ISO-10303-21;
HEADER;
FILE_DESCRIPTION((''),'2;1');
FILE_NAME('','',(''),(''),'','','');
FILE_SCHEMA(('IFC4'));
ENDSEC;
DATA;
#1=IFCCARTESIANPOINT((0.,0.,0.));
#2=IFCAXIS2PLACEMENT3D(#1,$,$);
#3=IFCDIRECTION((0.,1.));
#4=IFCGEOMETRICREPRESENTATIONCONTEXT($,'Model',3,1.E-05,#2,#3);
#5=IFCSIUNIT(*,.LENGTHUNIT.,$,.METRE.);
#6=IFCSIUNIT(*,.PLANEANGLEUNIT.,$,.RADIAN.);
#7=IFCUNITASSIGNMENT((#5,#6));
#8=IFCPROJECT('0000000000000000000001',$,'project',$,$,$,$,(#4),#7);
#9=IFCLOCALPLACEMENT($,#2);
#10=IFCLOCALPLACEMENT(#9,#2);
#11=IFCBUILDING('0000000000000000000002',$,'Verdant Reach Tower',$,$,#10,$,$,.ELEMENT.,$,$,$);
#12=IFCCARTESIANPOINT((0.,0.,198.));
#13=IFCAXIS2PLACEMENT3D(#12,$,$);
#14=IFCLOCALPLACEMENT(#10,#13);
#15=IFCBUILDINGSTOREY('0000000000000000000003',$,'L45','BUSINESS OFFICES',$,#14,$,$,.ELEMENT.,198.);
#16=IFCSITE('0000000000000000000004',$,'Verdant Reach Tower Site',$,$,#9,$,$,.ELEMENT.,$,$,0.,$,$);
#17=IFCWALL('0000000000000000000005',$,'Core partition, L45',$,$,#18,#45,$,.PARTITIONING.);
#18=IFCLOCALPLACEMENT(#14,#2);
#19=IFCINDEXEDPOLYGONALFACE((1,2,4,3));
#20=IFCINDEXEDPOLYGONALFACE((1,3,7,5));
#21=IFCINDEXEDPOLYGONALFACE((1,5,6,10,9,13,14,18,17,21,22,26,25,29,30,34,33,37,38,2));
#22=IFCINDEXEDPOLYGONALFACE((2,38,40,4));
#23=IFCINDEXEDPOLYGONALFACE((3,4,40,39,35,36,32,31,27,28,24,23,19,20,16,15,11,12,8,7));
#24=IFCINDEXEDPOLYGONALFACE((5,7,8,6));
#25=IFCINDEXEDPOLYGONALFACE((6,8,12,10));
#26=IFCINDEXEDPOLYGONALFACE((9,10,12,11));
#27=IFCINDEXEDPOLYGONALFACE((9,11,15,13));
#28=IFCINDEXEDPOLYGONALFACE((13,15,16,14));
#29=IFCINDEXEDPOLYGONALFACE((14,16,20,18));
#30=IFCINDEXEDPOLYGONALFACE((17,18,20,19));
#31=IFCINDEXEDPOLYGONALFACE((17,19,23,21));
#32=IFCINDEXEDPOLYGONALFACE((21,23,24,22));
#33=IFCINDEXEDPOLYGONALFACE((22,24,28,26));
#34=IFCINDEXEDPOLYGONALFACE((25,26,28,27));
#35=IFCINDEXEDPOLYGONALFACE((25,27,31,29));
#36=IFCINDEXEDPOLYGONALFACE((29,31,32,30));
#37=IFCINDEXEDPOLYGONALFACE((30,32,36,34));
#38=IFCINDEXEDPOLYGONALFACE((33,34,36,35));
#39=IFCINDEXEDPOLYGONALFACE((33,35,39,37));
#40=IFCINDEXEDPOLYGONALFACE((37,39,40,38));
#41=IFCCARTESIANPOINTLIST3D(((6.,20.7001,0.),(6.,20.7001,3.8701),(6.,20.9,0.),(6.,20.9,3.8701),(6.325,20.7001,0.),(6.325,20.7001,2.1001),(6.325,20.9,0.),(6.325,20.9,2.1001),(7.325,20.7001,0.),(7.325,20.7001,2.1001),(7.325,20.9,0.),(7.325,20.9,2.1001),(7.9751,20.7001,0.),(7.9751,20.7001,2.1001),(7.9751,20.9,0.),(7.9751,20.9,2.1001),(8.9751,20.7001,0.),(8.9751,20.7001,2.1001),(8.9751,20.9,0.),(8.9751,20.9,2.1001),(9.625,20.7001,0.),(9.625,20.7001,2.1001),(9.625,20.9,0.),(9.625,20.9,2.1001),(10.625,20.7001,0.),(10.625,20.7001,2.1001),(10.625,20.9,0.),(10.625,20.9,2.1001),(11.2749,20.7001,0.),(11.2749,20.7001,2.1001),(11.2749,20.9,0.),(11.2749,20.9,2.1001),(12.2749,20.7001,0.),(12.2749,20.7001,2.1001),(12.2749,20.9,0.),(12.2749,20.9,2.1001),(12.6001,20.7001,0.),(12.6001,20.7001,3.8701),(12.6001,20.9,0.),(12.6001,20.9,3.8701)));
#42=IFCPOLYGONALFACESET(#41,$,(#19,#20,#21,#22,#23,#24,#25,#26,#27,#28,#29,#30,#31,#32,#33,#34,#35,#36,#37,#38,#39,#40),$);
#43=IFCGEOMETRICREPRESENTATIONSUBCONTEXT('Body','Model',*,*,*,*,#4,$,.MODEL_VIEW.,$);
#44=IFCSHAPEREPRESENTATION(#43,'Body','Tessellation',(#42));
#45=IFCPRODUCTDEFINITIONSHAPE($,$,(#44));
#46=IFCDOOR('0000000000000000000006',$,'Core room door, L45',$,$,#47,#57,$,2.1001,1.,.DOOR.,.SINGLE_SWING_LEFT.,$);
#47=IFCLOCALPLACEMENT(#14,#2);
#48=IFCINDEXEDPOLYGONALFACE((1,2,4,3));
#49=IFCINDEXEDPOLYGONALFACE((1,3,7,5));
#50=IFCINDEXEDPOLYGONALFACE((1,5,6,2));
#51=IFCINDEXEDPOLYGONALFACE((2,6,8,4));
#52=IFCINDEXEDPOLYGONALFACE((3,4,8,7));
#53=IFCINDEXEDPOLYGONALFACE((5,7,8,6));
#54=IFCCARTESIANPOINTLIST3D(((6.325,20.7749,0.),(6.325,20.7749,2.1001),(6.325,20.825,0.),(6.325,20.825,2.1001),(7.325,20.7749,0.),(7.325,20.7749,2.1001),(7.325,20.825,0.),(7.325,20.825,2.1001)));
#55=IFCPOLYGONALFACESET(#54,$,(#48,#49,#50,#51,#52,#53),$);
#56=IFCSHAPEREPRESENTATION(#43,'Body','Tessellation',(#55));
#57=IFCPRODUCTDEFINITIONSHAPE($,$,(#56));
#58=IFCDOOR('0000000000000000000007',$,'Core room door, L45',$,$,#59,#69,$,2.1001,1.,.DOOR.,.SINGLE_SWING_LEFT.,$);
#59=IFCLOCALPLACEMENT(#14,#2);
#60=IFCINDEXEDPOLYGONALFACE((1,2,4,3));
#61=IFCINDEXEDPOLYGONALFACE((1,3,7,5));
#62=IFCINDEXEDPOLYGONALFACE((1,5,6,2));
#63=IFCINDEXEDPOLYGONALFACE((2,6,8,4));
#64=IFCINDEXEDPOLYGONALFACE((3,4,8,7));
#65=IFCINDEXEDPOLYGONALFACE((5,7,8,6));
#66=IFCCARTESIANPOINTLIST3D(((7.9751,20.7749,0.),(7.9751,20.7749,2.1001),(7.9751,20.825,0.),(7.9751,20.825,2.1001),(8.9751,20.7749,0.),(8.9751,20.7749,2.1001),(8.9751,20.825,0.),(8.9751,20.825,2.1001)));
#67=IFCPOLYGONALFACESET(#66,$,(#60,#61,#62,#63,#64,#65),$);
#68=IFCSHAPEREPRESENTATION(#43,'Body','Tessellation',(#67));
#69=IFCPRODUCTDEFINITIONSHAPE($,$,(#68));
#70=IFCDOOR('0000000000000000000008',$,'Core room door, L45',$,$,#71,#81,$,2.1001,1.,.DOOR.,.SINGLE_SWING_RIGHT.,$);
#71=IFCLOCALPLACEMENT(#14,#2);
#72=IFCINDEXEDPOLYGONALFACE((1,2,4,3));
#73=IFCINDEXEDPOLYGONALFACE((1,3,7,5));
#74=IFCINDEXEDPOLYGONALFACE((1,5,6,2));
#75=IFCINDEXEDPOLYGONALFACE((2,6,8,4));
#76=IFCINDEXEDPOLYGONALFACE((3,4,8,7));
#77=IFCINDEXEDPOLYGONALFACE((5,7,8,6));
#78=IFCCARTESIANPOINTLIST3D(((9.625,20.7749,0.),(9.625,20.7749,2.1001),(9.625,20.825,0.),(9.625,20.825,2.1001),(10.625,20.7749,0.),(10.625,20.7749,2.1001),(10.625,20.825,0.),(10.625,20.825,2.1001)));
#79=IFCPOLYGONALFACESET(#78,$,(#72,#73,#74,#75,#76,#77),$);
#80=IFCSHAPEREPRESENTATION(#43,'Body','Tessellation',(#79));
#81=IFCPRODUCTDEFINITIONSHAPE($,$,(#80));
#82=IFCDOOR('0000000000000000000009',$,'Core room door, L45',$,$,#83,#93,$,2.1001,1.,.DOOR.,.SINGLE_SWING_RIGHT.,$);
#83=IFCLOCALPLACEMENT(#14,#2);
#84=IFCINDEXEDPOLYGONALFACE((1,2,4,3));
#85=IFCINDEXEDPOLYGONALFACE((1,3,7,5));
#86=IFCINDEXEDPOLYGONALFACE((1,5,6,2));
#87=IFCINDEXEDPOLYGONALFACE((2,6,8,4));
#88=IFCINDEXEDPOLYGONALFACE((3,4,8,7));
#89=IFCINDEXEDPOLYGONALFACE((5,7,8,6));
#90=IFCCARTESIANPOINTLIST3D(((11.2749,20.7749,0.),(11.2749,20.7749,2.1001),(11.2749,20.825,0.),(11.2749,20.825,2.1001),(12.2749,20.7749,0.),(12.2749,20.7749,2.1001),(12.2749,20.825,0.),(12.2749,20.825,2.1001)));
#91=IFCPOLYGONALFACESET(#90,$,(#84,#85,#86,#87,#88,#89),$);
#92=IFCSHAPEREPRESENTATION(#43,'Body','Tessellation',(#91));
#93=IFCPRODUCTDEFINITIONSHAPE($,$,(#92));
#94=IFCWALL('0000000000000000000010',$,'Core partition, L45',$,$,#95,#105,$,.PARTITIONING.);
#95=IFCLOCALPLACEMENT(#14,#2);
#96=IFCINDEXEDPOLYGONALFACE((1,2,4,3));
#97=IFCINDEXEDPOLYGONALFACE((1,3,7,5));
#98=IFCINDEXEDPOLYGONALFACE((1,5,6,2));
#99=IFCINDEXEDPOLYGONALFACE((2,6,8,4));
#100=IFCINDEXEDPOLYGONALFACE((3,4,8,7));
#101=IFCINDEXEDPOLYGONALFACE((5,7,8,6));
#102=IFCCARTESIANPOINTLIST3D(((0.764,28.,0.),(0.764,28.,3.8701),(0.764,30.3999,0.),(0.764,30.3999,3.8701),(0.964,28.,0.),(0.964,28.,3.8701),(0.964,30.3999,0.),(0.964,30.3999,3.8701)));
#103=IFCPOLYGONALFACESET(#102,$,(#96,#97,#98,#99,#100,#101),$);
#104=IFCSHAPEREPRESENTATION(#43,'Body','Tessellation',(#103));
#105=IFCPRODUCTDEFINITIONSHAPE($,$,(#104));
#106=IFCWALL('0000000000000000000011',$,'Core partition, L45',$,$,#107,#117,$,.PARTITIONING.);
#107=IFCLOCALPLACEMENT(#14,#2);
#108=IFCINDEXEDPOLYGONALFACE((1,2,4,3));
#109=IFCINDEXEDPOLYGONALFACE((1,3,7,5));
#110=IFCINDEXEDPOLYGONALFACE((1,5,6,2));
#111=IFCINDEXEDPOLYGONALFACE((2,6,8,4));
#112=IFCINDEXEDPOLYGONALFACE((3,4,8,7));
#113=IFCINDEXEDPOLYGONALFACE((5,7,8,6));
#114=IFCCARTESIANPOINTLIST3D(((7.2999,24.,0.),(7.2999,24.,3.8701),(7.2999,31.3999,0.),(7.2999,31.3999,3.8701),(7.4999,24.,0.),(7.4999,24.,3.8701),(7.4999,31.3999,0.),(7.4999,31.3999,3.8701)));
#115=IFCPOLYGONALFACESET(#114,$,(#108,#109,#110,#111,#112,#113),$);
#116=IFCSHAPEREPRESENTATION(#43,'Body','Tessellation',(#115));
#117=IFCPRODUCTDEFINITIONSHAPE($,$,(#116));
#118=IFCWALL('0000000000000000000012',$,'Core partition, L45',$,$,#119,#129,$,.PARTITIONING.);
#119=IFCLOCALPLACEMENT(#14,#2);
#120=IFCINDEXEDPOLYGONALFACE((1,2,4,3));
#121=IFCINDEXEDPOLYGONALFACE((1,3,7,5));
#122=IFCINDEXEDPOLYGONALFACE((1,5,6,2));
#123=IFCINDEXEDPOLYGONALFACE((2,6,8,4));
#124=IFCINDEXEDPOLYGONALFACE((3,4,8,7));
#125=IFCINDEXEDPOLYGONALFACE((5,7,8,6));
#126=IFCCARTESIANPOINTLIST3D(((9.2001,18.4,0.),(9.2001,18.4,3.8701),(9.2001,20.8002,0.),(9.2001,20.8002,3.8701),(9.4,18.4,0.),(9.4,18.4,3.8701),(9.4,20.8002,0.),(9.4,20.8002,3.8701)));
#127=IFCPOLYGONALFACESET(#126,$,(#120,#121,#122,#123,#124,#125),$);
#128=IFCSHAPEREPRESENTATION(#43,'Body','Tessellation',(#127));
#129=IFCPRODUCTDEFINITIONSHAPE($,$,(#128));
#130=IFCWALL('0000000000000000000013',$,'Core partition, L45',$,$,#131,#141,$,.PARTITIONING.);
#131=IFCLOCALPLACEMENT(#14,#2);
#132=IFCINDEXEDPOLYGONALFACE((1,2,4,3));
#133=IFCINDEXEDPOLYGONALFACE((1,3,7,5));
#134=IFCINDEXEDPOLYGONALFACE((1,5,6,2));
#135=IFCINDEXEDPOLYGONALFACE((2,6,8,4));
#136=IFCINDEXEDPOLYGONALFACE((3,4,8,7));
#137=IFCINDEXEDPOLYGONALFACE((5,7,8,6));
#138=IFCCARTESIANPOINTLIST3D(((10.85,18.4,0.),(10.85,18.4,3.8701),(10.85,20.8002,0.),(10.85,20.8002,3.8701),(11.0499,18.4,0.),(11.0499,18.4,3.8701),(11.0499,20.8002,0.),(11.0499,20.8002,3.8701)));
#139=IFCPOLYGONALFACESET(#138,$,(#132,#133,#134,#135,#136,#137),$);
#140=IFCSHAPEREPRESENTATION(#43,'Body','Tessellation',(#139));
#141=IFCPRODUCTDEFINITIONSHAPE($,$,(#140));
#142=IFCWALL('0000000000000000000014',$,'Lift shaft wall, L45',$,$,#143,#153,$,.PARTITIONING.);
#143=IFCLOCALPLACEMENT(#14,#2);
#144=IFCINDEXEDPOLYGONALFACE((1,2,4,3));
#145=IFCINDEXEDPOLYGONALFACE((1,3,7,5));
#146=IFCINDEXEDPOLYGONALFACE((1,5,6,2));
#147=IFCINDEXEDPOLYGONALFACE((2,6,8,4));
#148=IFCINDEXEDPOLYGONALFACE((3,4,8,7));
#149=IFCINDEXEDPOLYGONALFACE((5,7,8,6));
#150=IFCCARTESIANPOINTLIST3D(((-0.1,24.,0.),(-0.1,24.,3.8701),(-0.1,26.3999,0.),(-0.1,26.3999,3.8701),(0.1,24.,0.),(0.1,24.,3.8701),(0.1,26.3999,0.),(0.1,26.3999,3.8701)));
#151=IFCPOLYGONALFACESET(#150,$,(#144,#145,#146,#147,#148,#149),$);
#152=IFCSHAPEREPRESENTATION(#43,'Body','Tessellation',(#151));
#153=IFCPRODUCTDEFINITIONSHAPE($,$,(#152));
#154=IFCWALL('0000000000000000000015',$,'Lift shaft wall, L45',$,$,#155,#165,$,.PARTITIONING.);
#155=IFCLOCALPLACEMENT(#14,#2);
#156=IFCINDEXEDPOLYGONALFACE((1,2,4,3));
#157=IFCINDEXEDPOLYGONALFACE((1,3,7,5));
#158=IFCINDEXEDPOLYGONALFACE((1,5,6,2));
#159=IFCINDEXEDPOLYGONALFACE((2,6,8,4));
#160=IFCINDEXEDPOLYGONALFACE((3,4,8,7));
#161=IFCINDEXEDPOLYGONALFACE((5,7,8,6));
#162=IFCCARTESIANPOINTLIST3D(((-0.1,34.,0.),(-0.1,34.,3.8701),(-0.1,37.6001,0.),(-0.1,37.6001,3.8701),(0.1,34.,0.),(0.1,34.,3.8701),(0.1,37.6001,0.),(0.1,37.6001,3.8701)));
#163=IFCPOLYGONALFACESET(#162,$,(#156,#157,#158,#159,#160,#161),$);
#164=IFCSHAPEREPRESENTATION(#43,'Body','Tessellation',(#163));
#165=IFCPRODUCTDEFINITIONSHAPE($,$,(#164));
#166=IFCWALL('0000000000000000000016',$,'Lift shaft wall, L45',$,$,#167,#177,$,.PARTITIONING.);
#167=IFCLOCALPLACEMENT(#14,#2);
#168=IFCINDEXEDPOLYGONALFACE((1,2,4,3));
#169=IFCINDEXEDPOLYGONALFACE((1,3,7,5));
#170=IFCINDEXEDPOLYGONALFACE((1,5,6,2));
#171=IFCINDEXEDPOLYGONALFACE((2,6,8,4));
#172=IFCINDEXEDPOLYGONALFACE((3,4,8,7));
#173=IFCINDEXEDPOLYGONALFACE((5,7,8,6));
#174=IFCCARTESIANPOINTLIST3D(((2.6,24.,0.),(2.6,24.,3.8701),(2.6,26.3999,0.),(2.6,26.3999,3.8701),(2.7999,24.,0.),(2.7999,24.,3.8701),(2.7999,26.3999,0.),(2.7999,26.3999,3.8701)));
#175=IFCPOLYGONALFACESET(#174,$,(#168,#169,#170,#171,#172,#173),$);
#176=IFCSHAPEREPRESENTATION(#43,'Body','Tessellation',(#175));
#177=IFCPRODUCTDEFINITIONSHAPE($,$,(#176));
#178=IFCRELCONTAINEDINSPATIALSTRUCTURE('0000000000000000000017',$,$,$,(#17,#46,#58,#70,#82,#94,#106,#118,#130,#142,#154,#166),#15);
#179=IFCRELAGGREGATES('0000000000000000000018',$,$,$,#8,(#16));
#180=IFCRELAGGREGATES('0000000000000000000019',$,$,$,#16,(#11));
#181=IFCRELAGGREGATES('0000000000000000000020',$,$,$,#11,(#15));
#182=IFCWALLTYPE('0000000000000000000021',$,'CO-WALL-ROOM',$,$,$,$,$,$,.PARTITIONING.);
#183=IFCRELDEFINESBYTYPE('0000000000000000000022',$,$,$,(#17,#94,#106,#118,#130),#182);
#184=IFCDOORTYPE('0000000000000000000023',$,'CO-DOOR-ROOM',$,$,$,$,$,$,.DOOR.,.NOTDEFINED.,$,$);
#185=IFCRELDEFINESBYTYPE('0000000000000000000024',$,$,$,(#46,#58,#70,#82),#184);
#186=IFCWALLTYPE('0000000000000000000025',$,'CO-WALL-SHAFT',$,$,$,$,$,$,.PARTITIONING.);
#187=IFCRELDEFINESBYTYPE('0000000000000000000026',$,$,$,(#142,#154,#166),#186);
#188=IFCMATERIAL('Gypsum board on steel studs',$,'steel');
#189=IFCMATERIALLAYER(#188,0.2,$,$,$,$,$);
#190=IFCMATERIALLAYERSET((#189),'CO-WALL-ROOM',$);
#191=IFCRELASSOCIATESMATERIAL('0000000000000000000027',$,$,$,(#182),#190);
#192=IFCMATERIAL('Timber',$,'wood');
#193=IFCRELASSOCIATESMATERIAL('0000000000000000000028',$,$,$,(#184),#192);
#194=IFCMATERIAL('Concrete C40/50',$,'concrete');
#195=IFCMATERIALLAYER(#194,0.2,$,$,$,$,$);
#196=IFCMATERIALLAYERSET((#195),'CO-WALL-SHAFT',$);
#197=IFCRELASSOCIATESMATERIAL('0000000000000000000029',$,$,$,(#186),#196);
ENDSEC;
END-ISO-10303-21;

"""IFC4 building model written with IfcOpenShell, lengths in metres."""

from ifc_helpers import new_model, si_unit, direction, frame, frame_2d, origin, place, context, subcontext, project, spatial, rectangle, extrude, material, layer, layer_set, type_object, element, fill, save


model = new_model("IFC4")

# Units and contexts
model_context = context("Model", 3, precision=1e-05, world=origin(), true_north=direction((0.0, 1.0)))
body_context = subcontext(model_context, "Body", "Model", "MODEL_VIEW")
ifc_project = project(units=[si_unit("LENGTHUNIT", "METRE"), si_unit("PLANEANGLEUNIT", "RADIAN")], contexts=[model_context])

# Site, building, storey
site_placement = place(None, origin())
site = spatial("IfcSite", under=ifc_project, at=site_placement, Name="Verdant Reach Tower Site", CompositionType="ELEMENT", RefElevation=0.0)
building_placement = place(site_placement, origin())
building = spatial("IfcBuilding", under=site, at=building_placement, Name="Verdant Reach Tower", CompositionType="ELEMENT")
storey_placement = place(building_placement, frame((0.0, 0.0, 198.0)))
storey = spatial("IfcBuildingStorey", under=building, at=storey_placement, Name="L45", Description="BUSINESS OFFICES", CompositionType="ELEMENT", Elevation=198.0)

# Wall, openings, doors
ifc_material_1 = material(Name="Gypsum board on steel studs", Category="steel")
ifc_layer_1 = layer(ifc_material_1, 0.2)
ifc_layer_set_1 = layer_set([ifc_layer_1], Name="CO-WALL-ROOM")
wall_type_1 = type_object("IfcWallType", Name="CO-WALL-ROOM", PredefinedType="PARTITIONING", material=ifc_layer_set_1)
wall_1_placement = place(storey_placement, frame((6.0, 20.8, 0.0), z_axis=(0.0, 0.0, 1.0), x_axis=(1.0, 0.0, 0.0)))
wall_1 = element("IfcWall", 1, at=wall_1_placement, inside=storey, type_object=wall_type_1, Name="Core partition, L45", PredefinedType="PARTITIONING", context=body_context, shape_type="SweptSolid", body=[
    extrude(rectangle(XDim=6.6001, YDim=0.2, at=frame_2d((3.3, 0.0))), origin(), (0.0, 0.0, 1.0), 3.8701),
])
opening_1_placement = place(wall_1_placement, frame((0.325, 0.0, 0.0)))
opening_1 = element("IfcOpeningElement", 2, at=opening_1_placement, cuts=wall_1, PredefinedType="OPENING", context=body_context, shape_type="SweptSolid", body=[
    extrude(rectangle(XDim=1.0, YDim=2.1001, at=frame_2d((0.5, 1.05))), frame((0.0, 0.1099, 0.0), z_axis=(0.0, -1.0, 0.0), x_axis=(1.0, 0.0, 0.0)), (0.0, 0.0, 1.0), 0.22),
])
opening_2_placement = place(wall_1_placement, frame((1.9751, 0.0, 0.0)))
opening_2 = element("IfcOpeningElement", 3, at=opening_2_placement, cuts=wall_1, PredefinedType="OPENING", context=body_context, shape_type="SweptSolid", body=[
    extrude(rectangle(XDim=1.0, YDim=2.1001, at=frame_2d((0.5, 1.05))), frame((0.0, 0.1099, 0.0), z_axis=(0.0, -1.0, 0.0), x_axis=(1.0, 0.0, 0.0)), (0.0, 0.0, 1.0), 0.22),
])
opening_3_placement = place(wall_1_placement, frame((3.625, 0.0, 0.0)))
opening_3 = element("IfcOpeningElement", 4, at=opening_3_placement, cuts=wall_1, PredefinedType="OPENING", context=body_context, shape_type="SweptSolid", body=[
    extrude(rectangle(XDim=1.0, YDim=2.1001, at=frame_2d((0.5, 1.05))), frame((0.0, 0.1099, 0.0), z_axis=(0.0, -1.0, 0.0), x_axis=(1.0, 0.0, 0.0)), (0.0, 0.0, 1.0), 0.22),
])
opening_4_placement = place(wall_1_placement, frame((5.2749, 0.0, 0.0)))
opening_4 = element("IfcOpeningElement", 5, at=opening_4_placement, cuts=wall_1, PredefinedType="OPENING", context=body_context, shape_type="SweptSolid", body=[
    extrude(rectangle(XDim=1.0, YDim=2.1001, at=frame_2d((0.5, 1.05))), frame((0.0, 0.1099, 0.0), z_axis=(0.0, -1.0, 0.0), x_axis=(1.0, 0.0, 0.0)), (0.0, 0.0, 1.0), 0.22),
])
ifc_material_2 = material(Name="Timber", Category="wood")
door_type_1 = type_object("IfcDoorType", Name="CO-DOOR-ROOM", OperationType="NOTDEFINED", PredefinedType="DOOR", material=ifc_material_2)
door_1_placement = place(opening_1_placement, origin())
door_1 = element("IfcDoor", 6, at=door_1_placement, inside=storey, type_object=door_type_1, Name="Core room door, L45", OperationType="SINGLE_SWING_LEFT", OverallHeight=2.1001, OverallWidth=1.0, PredefinedType="DOOR", context=body_context, shape_type="SweptSolid", body=[
    extrude(rectangle(XDim=1.0, YDim=2.1001, at=frame_2d((0.5, 1.05))), frame((0.0, 0.0249, 0.0), z_axis=(0.0, -1.0, 0.0), x_axis=(1.0, 0.0, 0.0)), (0.0, 0.0, 1.0), 0.05),
])
fill(opening_1, door_1)
door_2_placement = place(opening_2_placement, origin())
door_2 = element("IfcDoor", 7, at=door_2_placement, inside=storey, type_object=door_type_1, Name="Core room door, L45", OperationType="SINGLE_SWING_LEFT", OverallHeight=2.1001, OverallWidth=1.0, PredefinedType="DOOR", context=body_context, shape_type="SweptSolid", body=[
    extrude(rectangle(XDim=1.0, YDim=2.1001, at=frame_2d((0.5, 1.05))), frame((0.0, 0.0249, 0.0), z_axis=(0.0, -1.0, 0.0), x_axis=(1.0, 0.0, 0.0)), (0.0, 0.0, 1.0), 0.05),
])
fill(opening_2, door_2)
door_3_placement = place(opening_3_placement, origin())
door_3 = element("IfcDoor", 8, at=door_3_placement, inside=storey, type_object=door_type_1, Name="Core room door, L45", OperationType="SINGLE_SWING_RIGHT", OverallHeight=2.1001, OverallWidth=1.0, PredefinedType="DOOR", context=body_context, shape_type="SweptSolid", body=[
    extrude(rectangle(XDim=1.0, YDim=2.1001, at=frame_2d((0.5, 1.05))), frame((0.0, 0.0249, 0.0), z_axis=(0.0, -1.0, 0.0), x_axis=(1.0, 0.0, 0.0)), (0.0, 0.0, 1.0), 0.05),
])
fill(opening_3, door_3)
door_4_placement = place(opening_4_placement, origin())
door_4 = element("IfcDoor", 9, at=door_4_placement, inside=storey, type_object=door_type_1, Name="Core room door, L45", OperationType="SINGLE_SWING_RIGHT", OverallHeight=2.1001, OverallWidth=1.0, PredefinedType="DOOR", context=body_context, shape_type="SweptSolid", body=[
    extrude(rectangle(XDim=1.0, YDim=2.1001, at=frame_2d((0.5, 1.05))), frame((0.0, 0.0249, 0.0), z_axis=(0.0, -1.0, 0.0), x_axis=(1.0, 0.0, 0.0)), (0.0, 0.0, 1.0), 0.05),
])
fill(opening_4, door_4)

# Walls
wall_2_placement = place(storey_placement, frame((0.864, 28.0, 0.0), z_axis=(0.0, 0.0, 1.0), x_axis=(0.0, 1.0, 0.0)))
element("IfcWall", 10, at=wall_2_placement, inside=storey, type_object=wall_type_1, Name="Core partition, L45", PredefinedType="PARTITIONING", context=body_context, shape_type="SweptSolid", body=[
    extrude(rectangle(XDim=2.3999, YDim=0.2, at=frame_2d((1.2, 0.0))), origin(), (0.0, 0.0, 1.0), 3.8701),
])
wall_3_placement = place(storey_placement, frame((7.3999, 24.0, 0.0), z_axis=(0.0, 0.0, 1.0), x_axis=(0.0, 1.0, 0.0)))
element("IfcWall", 11, at=wall_3_placement, inside=storey, type_object=wall_type_1, Name="Core partition, L45", PredefinedType="PARTITIONING", context=body_context, shape_type="SweptSolid", body=[
    extrude(rectangle(XDim=7.3999, YDim=0.2, at=frame_2d((3.7, 0.0))), origin(), (0.0, 0.0, 1.0), 3.8701),
])
for number, where, z_axis, x_axis, name in (
    (12, (9.3, 18.3999, 0.0), (0.0, 0.0, 1.0), (0.0, 1.0, 0.0), "Core partition, L45"),
    (13, (10.95, 18.3999, 0.0), (0.0, 0.0, 1.0), (0.0, 1.0, 0.0), "Core partition, L45"),
):
    element("IfcWall", number, at=place(storey_placement, frame(where, z_axis=z_axis, x_axis=x_axis)), inside=storey, type_object=wall_type_1, Name=name, PredefinedType="PARTITIONING", context=body_context, shape_type="SweptSolid", body=[
        extrude(rectangle(XDim=2.4001, YDim=0.2, at=frame_2d((1.2002, 0.0))), origin(), (0.0, 0.0, 1.0), 3.8701),
    ])
ifc_material_3 = material(Name="Concrete C40/50", Category="concrete")
ifc_layer_2 = layer(ifc_material_3, 0.2)
ifc_layer_set_2 = layer_set([ifc_layer_2], Name="CO-WALL-SHAFT")
wall_type_2 = type_object("IfcWallType", Name="CO-WALL-SHAFT", PredefinedType="PARTITIONING", material=ifc_layer_set_2)
wall_4_placement = place(storey_placement, frame((0.0, 24.0, 0.0), z_axis=(0.0, 0.0, 1.0), x_axis=(0.0, 1.0, 0.0)))
element("IfcWall", 14, at=wall_4_placement, inside=storey, type_object=wall_type_2, Name="Lift shaft wall, L45", PredefinedType="PARTITIONING", context=body_context, shape_type="SweptSolid", body=[
    extrude(rectangle(XDim=2.3999, YDim=0.2, at=frame_2d((1.2, 0.0))), origin(), (0.0, 0.0, 1.0), 3.8701),
])
wall_5_placement = place(storey_placement, frame((0.0, 34.0, 0.0), z_axis=(0.0, 0.0, 1.0), x_axis=(0.0, 1.0, 0.0)))
element("IfcWall", 15, at=wall_5_placement, inside=storey, type_object=wall_type_2, Name="Lift shaft wall, L45", PredefinedType="PARTITIONING", context=body_context, shape_type="SweptSolid", body=[
    extrude(rectangle(XDim=3.6001, YDim=0.2, at=frame_2d((1.8, 0.0))), origin(), (0.0, 0.0, 1.0), 3.8701),
])
wall_6_placement = place(storey_placement, frame((2.7, 24.0, 0.0), z_axis=(0.0, 0.0, 1.0), x_axis=(0.0, 1.0, 0.0)))
element("IfcWall", 16, at=wall_6_placement, inside=storey, type_object=wall_type_2, Name="Lift shaft wall, L45", PredefinedType="PARTITIONING", context=body_context, shape_type="SweptSolid", body=[
    extrude(rectangle(XDim=2.3999, YDim=0.2, at=frame_2d((1.2, 0.0))), origin(), (0.0, 0.0, 1.0), 3.8701),
])

save(model, "model.ifc")
